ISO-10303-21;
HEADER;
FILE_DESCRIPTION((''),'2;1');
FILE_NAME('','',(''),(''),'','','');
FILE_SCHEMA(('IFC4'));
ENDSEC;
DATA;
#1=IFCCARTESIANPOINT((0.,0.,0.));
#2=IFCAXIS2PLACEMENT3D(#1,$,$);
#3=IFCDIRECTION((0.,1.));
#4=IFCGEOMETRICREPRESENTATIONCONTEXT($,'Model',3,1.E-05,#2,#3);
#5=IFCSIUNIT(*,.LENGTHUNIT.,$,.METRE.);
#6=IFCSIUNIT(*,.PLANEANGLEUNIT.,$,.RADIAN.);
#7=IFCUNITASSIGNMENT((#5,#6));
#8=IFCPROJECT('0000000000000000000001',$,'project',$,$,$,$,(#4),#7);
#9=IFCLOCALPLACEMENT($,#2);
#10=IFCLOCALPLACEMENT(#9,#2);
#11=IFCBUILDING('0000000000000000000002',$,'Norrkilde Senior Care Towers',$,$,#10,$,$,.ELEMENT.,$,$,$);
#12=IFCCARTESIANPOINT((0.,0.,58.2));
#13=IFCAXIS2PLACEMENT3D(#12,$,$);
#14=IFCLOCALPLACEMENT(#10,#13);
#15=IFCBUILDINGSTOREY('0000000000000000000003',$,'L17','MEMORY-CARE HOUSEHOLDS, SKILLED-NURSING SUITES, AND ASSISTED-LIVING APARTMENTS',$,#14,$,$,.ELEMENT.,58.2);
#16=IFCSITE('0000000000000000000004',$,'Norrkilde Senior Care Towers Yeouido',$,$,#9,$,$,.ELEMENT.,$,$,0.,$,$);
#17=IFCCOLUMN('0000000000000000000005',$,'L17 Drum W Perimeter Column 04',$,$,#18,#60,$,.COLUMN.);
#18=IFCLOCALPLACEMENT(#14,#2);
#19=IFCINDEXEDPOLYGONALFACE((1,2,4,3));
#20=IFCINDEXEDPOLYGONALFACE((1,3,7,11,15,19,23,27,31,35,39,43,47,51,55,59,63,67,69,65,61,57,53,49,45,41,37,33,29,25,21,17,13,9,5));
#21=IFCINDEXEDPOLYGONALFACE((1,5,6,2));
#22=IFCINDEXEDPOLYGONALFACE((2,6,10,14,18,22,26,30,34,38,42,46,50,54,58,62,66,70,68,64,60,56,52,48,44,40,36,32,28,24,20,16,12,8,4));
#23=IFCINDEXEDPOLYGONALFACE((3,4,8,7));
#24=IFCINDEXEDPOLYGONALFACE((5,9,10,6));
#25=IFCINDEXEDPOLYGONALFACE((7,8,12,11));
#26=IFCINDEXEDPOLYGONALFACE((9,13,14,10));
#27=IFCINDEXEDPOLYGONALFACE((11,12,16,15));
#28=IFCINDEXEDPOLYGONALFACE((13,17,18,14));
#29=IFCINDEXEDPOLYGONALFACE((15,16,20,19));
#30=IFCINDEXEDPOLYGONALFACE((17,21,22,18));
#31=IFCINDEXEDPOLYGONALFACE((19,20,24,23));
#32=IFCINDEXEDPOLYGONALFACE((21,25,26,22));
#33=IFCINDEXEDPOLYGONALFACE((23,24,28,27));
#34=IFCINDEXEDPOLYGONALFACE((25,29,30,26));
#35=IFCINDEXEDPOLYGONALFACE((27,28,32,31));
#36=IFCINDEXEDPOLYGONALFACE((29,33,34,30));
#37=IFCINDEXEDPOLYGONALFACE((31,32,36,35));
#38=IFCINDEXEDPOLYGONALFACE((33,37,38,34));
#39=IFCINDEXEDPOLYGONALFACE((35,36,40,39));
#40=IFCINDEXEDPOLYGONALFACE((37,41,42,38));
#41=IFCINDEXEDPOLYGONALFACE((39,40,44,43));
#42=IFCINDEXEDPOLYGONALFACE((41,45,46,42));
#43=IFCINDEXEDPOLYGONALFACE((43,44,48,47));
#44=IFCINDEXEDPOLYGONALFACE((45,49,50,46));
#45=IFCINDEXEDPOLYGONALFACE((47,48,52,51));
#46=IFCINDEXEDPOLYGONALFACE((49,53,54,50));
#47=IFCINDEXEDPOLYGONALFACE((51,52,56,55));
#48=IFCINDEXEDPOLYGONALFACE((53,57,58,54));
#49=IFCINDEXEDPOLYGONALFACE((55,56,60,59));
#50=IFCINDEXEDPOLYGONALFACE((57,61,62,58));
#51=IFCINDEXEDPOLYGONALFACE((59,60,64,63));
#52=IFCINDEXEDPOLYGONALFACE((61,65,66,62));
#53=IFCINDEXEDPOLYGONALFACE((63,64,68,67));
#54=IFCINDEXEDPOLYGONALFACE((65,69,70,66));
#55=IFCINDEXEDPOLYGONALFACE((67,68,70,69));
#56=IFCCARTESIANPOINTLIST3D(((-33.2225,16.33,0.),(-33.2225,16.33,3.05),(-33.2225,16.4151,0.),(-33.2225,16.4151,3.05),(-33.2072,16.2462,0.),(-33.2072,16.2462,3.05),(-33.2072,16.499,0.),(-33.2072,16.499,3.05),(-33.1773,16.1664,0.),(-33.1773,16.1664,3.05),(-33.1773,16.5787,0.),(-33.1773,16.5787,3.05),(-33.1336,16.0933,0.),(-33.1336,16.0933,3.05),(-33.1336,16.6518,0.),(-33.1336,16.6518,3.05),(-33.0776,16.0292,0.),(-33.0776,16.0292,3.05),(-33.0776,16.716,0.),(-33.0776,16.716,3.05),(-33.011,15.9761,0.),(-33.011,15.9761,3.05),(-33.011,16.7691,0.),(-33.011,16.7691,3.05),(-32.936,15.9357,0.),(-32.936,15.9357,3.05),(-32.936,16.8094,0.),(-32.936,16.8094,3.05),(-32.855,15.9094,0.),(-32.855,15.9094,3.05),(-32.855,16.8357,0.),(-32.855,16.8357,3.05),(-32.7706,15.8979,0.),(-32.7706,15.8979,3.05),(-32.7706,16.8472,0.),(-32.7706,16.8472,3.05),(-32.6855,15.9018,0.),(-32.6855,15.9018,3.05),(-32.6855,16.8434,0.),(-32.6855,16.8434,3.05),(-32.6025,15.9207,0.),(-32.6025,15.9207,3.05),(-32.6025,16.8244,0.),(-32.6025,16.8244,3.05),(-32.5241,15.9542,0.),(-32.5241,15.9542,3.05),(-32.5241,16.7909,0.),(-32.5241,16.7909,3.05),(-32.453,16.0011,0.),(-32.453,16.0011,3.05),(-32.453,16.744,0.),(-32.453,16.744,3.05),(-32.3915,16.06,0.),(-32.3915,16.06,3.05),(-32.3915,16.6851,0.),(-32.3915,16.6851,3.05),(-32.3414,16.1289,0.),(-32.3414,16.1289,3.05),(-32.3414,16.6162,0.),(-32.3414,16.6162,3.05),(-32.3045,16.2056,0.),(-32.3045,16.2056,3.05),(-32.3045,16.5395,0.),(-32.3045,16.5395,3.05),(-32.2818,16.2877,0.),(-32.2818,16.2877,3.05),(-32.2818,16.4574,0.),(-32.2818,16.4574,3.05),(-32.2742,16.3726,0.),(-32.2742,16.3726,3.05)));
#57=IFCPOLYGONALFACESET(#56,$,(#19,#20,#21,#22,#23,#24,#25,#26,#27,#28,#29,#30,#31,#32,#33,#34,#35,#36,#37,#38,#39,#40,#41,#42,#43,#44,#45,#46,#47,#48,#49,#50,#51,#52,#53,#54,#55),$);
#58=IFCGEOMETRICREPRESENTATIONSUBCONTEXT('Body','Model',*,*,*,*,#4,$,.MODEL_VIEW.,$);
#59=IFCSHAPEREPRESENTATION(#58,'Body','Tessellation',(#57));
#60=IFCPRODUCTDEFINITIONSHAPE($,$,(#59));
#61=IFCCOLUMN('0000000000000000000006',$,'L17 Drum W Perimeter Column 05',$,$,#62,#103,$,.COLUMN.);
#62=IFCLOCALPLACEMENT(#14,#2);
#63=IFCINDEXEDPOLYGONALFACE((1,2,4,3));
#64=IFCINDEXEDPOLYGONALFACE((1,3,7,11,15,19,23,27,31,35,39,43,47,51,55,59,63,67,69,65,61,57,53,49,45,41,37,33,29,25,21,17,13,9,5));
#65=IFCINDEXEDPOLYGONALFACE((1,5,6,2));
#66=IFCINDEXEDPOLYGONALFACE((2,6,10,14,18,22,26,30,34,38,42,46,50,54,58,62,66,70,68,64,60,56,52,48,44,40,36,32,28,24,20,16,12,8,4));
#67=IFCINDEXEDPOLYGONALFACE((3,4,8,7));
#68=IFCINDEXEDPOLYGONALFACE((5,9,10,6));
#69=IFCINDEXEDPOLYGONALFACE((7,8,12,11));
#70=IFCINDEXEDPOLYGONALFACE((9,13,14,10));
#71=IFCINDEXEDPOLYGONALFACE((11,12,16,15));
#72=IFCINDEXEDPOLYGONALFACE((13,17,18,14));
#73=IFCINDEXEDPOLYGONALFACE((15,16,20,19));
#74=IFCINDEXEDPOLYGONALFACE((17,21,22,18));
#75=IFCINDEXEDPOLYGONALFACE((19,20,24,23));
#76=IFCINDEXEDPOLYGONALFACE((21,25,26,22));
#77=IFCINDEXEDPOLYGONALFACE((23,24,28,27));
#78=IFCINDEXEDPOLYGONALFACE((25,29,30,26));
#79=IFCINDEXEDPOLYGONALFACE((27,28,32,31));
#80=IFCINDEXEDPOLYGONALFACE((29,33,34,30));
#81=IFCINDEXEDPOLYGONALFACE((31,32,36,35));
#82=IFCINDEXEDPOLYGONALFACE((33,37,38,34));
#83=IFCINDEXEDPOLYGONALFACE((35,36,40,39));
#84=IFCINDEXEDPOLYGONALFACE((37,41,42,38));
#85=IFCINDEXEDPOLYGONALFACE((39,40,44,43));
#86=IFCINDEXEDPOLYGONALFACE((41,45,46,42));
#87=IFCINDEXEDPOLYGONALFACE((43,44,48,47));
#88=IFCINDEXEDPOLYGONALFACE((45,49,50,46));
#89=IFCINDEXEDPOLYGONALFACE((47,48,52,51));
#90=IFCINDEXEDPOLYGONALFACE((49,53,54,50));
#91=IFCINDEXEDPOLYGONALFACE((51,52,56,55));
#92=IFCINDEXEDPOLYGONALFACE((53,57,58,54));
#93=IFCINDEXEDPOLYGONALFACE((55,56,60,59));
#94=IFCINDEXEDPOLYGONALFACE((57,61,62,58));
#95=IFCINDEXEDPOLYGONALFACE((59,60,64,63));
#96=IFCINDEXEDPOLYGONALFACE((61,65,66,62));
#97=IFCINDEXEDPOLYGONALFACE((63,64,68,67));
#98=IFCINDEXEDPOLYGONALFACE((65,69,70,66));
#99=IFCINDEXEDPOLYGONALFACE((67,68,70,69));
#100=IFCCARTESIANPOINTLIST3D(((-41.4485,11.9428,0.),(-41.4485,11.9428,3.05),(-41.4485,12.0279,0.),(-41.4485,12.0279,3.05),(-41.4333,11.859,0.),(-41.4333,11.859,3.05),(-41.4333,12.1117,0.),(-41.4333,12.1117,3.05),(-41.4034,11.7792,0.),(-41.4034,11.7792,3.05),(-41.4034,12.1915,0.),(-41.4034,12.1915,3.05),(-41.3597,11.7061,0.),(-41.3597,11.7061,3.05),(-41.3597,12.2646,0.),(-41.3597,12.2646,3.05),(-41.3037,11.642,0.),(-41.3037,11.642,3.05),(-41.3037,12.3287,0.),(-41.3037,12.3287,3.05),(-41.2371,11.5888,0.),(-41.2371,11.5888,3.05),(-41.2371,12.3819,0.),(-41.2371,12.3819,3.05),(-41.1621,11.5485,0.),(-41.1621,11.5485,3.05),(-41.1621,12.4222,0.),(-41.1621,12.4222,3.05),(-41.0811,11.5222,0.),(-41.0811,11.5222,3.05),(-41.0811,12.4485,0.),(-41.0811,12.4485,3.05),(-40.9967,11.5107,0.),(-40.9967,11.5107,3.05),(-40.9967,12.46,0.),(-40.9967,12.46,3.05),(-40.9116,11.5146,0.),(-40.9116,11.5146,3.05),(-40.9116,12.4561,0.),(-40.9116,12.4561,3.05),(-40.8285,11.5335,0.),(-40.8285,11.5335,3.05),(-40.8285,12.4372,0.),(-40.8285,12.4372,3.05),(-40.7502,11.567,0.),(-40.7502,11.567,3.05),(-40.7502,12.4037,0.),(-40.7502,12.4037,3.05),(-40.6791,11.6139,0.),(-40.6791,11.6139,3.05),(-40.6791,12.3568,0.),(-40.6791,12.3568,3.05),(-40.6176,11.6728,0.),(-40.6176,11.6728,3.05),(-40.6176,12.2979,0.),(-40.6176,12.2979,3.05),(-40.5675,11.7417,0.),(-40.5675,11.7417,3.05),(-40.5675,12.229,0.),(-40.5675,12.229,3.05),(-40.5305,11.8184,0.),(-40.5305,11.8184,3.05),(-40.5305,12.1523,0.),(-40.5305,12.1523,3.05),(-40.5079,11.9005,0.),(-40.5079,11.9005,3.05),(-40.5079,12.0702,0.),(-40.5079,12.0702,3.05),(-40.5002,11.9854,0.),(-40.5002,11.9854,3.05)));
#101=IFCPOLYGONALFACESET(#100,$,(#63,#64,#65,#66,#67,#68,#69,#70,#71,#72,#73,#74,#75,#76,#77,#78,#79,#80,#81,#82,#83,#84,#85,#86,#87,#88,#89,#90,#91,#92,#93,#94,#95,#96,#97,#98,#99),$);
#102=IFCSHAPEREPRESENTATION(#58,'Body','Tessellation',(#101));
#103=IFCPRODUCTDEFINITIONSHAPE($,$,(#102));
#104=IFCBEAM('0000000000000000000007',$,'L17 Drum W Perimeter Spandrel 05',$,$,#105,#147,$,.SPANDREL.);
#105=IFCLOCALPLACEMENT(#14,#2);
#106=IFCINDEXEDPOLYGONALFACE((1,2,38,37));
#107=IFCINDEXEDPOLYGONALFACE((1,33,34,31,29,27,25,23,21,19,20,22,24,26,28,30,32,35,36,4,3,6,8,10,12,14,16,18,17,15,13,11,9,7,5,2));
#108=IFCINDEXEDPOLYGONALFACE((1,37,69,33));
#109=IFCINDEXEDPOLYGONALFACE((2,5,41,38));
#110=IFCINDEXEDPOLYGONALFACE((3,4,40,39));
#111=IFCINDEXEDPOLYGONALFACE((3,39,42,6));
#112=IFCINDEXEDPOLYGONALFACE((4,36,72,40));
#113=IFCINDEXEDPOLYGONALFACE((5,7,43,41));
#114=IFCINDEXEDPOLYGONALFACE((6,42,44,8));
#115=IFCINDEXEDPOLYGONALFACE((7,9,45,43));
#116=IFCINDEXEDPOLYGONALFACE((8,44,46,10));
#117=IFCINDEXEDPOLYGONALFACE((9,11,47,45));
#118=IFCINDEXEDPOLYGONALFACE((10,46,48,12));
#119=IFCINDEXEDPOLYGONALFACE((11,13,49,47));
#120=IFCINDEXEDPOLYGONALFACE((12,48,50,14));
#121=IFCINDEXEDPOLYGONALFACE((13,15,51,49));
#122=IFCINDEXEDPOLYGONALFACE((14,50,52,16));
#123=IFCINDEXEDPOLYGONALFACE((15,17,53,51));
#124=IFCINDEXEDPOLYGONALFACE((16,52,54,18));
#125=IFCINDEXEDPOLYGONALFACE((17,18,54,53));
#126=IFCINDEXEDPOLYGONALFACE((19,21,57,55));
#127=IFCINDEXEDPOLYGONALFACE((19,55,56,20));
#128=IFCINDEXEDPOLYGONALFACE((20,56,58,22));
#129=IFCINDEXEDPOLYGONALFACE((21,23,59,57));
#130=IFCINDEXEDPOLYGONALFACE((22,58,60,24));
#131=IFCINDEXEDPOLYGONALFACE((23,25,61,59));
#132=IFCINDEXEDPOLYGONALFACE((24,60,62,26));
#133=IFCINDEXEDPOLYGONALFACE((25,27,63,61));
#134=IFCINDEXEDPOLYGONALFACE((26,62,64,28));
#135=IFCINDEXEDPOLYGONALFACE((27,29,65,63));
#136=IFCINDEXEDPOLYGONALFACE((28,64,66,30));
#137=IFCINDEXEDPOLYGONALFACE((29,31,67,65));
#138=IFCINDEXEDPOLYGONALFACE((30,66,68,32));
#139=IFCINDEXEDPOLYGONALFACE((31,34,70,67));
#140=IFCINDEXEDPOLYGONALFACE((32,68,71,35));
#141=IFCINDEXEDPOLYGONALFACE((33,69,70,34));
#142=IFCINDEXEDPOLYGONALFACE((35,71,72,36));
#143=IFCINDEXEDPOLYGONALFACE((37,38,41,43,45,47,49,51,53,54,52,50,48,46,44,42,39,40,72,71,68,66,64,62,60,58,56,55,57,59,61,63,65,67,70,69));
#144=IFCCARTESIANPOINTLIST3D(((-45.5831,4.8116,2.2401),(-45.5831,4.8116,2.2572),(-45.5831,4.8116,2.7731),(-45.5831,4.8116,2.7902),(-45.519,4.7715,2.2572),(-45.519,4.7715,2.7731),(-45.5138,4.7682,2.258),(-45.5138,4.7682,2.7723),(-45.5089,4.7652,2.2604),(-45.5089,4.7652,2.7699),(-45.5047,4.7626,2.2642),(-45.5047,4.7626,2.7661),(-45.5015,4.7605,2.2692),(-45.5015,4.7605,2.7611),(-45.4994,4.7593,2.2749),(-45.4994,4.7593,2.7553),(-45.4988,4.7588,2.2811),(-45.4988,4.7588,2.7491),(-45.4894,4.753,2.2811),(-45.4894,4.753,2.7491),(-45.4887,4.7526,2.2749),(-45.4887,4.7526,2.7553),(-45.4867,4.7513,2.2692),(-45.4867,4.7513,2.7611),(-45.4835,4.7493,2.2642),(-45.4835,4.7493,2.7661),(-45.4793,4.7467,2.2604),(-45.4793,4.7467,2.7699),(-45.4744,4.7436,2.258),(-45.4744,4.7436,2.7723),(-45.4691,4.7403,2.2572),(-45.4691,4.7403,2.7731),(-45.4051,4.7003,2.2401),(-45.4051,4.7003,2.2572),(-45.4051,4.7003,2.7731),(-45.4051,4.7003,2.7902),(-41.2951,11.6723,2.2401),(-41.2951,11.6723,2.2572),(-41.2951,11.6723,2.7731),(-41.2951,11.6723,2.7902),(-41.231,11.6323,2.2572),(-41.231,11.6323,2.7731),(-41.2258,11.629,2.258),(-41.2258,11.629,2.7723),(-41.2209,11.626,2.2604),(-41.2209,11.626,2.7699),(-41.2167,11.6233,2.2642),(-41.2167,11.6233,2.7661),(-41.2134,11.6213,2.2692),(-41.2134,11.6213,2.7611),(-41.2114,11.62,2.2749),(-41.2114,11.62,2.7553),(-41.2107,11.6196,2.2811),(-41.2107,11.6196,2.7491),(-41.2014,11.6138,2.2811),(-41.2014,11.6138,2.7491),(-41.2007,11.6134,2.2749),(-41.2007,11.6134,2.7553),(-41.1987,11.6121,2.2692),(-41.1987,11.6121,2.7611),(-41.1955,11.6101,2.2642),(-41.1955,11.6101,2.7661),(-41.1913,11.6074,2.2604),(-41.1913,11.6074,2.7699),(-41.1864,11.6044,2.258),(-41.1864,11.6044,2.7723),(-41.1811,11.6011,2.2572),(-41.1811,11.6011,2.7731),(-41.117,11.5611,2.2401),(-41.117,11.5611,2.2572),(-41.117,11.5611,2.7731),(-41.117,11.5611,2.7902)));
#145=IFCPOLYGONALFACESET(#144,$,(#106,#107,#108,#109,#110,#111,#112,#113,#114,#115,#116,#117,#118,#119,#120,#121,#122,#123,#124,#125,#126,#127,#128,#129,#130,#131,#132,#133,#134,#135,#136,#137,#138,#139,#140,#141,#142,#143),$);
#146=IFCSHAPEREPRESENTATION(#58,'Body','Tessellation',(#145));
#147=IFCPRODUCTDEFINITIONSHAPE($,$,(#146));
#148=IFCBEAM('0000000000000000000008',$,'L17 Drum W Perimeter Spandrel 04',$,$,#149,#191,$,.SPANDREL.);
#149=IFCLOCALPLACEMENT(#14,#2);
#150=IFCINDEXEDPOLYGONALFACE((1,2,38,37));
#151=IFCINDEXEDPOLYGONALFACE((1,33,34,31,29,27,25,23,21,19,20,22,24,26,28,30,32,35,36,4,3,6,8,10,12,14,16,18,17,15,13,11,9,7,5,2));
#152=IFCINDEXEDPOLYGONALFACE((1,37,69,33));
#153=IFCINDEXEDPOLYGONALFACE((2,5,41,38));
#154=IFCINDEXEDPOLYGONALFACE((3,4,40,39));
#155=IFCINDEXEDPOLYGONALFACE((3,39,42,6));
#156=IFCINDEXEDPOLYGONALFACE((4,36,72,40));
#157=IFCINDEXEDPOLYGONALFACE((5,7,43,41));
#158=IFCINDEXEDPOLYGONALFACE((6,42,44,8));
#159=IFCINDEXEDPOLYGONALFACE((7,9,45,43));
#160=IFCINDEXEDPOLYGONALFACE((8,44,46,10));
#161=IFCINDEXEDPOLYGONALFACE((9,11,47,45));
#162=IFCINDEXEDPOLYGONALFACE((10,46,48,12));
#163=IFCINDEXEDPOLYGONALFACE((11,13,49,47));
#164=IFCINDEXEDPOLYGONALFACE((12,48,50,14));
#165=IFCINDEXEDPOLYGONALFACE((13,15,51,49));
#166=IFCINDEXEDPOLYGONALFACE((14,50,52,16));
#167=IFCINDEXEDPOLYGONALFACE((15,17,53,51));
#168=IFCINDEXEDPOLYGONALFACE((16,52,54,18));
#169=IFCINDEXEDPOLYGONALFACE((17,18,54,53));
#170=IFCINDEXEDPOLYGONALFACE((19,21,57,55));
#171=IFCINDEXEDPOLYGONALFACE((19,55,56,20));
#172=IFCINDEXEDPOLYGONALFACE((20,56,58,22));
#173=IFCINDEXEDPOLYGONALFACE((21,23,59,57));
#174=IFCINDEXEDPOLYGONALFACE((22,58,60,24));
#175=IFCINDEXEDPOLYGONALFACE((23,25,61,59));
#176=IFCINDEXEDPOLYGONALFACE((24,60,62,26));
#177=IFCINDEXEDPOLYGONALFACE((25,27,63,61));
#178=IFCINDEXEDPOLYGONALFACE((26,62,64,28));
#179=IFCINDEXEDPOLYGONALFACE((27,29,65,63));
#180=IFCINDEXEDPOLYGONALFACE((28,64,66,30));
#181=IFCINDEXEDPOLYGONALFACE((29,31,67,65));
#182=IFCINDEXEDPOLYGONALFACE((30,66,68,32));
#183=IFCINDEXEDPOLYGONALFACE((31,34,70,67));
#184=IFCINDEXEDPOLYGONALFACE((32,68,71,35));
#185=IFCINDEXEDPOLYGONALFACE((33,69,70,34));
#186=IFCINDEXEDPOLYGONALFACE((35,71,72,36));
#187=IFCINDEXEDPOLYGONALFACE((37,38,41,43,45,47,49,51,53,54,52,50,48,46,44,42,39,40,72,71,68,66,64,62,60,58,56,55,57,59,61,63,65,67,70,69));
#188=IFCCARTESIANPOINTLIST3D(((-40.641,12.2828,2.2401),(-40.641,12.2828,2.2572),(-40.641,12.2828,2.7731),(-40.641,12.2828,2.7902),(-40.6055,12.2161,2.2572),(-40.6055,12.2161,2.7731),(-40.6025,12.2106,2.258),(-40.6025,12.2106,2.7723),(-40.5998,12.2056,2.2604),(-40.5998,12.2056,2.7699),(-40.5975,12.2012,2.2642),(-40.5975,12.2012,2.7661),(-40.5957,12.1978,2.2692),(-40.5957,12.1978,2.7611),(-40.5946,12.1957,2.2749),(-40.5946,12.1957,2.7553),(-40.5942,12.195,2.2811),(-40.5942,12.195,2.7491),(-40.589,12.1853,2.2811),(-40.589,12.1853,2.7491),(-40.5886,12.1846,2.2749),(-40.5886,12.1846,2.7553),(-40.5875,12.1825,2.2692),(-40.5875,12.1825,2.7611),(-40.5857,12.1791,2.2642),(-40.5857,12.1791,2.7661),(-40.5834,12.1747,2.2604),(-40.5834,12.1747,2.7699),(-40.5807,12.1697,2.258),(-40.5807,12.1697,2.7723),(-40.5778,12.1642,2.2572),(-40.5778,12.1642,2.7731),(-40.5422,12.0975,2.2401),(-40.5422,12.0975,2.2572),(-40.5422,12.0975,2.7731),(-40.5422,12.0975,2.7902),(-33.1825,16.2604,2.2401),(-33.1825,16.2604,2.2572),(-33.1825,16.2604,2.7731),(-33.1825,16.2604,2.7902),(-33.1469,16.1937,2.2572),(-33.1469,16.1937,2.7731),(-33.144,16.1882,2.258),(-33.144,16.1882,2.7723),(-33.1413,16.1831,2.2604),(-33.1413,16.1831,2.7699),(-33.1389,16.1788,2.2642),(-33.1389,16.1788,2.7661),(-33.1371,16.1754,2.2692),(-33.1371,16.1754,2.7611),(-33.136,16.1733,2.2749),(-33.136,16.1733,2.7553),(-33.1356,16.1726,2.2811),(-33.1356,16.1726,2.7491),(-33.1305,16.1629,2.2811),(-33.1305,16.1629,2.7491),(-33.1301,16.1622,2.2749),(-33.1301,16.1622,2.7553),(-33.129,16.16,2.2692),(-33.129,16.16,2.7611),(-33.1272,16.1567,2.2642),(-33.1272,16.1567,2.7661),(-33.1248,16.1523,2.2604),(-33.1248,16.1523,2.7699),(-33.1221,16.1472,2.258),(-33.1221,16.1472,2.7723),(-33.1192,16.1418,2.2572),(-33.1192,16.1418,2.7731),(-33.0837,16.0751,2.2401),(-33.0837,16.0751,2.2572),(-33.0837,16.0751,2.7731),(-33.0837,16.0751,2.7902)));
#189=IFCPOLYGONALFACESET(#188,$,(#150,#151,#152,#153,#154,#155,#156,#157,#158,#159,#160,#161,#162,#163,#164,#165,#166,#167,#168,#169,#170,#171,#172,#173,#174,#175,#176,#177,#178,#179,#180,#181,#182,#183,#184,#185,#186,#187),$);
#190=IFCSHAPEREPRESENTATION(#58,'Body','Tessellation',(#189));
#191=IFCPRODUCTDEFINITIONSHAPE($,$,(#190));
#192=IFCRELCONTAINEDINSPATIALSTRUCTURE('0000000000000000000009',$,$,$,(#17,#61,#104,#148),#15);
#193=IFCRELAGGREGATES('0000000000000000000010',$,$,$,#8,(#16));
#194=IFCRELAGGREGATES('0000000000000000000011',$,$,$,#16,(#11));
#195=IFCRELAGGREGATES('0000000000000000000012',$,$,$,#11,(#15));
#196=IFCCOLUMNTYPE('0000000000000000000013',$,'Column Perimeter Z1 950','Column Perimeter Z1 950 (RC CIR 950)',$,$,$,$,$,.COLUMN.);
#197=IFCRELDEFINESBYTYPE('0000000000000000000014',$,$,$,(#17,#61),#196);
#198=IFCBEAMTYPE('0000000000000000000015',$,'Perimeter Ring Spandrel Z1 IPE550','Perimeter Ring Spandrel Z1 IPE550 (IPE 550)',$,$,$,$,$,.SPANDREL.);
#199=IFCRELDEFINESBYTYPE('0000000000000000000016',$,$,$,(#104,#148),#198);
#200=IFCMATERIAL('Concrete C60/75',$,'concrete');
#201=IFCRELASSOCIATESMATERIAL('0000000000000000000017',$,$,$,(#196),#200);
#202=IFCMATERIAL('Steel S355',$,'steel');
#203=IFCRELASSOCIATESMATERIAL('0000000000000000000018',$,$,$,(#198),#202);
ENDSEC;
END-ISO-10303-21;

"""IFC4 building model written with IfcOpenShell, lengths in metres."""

from ifc_helpers import new_model, si_unit, direction, frame, origin, origin_2d, place, context, subcontext, project, spatial, circle, i_section, extrude, source, transform, mapped, material, material_profile, profile_set, type_object, type_shapes, element, save


model = new_model("IFC4")

# Units and contexts
model_context = context("Model", 3, precision=1e-05, world=origin(), true_north=direction((0.0, 1.0)))
body_context = subcontext(model_context, "Body", "Model", "MODEL_VIEW")
ifc_project = project(units=[si_unit("LENGTHUNIT", "METRE"), si_unit("PLANEANGLEUNIT", "RADIAN")], contexts=[model_context])

# Site, building, storey
site_placement = place(None, origin())
site = spatial("IfcSite", under=ifc_project, at=site_placement, Name="Norrkilde Senior Care Towers Yeouido", CompositionType="ELEMENT", RefElevation=0.0)
building_placement = place(site_placement, origin())
building = spatial("IfcBuilding", under=site, at=building_placement, Name="Norrkilde Senior Care Towers", CompositionType="ELEMENT")
storey_placement = place(building_placement, frame((0.0, 0.0, 58.2)))
storey = spatial("IfcBuildingStorey", under=building, at=storey_placement, Name="L17", Description="MEMORY-CARE HOUSEHOLDS, SKILLED-NURSING SUITES, AND ASSISTED-LIVING APARTMENTS", CompositionType="ELEMENT", Elevation=58.2)

# Columns
ifc_material_1 = material(Name="Concrete C60/75", Category="concrete")
ifc_material_profile_1 = material_profile(ifc_material_1, circle(Radius=0.4751, at=origin_2d()), Name="RC CIR 950")
ifc_profile_set_1 = profile_set([ifc_material_profile_1], Name="Concrete C60/75")
column_type = type_object("IfcColumnType", Name="Column Perimeter Z1 950", Description="Column Perimeter Z1 950 (RC CIR 950)", PredefinedType="COLUMN", material=ifc_profile_set_1)
shared_shape_1 = source(origin(), body_context, "Body", "SweptSolid", [
    extrude(circle(Radius=0.4751, at=origin_2d()), origin(), (0.0, 0.0, 1.0), 3.05),
])
type_shapes(column_type, [shared_shape_1])
for number, where, z_axis, x_axis, name in (
    (1, (-32.7493, 16.3726, 0.0), (0.0, 0.0, 1.0), (1.0, 0.0, 0.0), "L17 Drum W Perimeter Column 04"),
    (2, (-40.9753, 11.9854, 0.0), (0.0, 0.0, 1.0), (1.0, 0.0, 0.0), "L17 Drum W Perimeter Column 05"),
):
    element("IfcColumn", number, at=place(storey_placement, frame(where, z_axis=z_axis, x_axis=x_axis)), inside=storey, type_object=column_type, Name=name, PredefinedType="COLUMN", context=body_context, shape_type="MappedRepresentation", body=[
        mapped(shared_shape_1, transform((0.0, 0.0, 0.0), x_axis=(1.0, 0.0, 0.0), y_axis=(0.0, 1.0, 0.0), z_axis=(0.0, 0.0, 1.0), scale=1.0)),
    ])

# Beams
ifc_material_2 = material(Name="Steel S355", Category="steel")
ifc_material_profile_2 = material_profile(ifc_material_2, i_section(OverallWidth=0.21, OverallDepth=0.55, WebThickness=0.011, FlangeThickness=0.0171, FilletRadius=0.0239, at=origin_2d()), Name="IPE 550")
ifc_profile_set_2 = profile_set([ifc_material_profile_2], Name="Steel S355")
beam_type_1 = type_object("IfcBeamType", Name="Perimeter Ring Spandrel Z1 IPE550", Description="Perimeter Ring Spandrel Z1 IPE550 (IPE 550)", PredefinedType="SPANDREL", material=ifc_profile_set_2)
shared_shape_2 = source(origin(), body_context, "Body", "SweptSolid", [
    extrude(i_section(OverallWidth=0.21, OverallDepth=0.55, WebThickness=0.011, FlangeThickness=0.0171, FilletRadius=0.0239, at=origin_2d()), origin(), (0.0, 0.0, 1.0), 8.0906),
])
beam_1_placement = place(storey_placement, frame((-41.2061, 11.6167, 2.5151), z_axis=(-0.530004, -0.847995, 0.0), x_axis=(0.847995, -0.530004, 0.0)))
element("IfcBeam", 3, at=beam_1_placement, inside=storey, type_object=beam_type_1, Name="L17 Drum W Perimeter Spandrel 05", PredefinedType="SPANDREL", context=body_context, shape_type="MappedRepresentation", body=[
    mapped(shared_shape_2, transform((0.0, 0.0, 0.0), x_axis=(1.0, 0.0, 0.0), y_axis=(0.0, 1.0, 0.0), z_axis=(0.0, 0.0, 1.0), scale=1.0)),
])
shared_shape_3 = source(origin(), body_context, "Body", "SweptSolid", [
    extrude(i_section(OverallWidth=0.21, OverallDepth=0.55, WebThickness=0.011, FlangeThickness=0.0171, FilletRadius=0.0239, at=origin_2d()), origin(), (0.0, 0.0, 1.0), 8.4529),
])
type_shapes(beam_type_1, [shared_shape_2, shared_shape_3])
beam_2_placement = place(storey_placement, frame((-33.1331, 16.1677, 2.5151), z_axis=(-0.882369, -0.470558, 0.0), x_axis=(0.470558, -0.882369, 0.0)))
element("IfcBeam", 4, at=beam_2_placement, inside=storey, type_object=beam_type_1, Name="L17 Drum W Perimeter Spandrel 04", PredefinedType="SPANDREL", context=body_context, shape_type="MappedRepresentation", body=[
    mapped(shared_shape_3, transform((0.0, 0.0, 0.0), x_axis=(1.0, 0.0, 0.0), y_axis=(0.0, 1.0, 0.0), z_axis=(0.0, 0.0, 1.0), scale=1.0)),
])

save(model, "model.ifc")
